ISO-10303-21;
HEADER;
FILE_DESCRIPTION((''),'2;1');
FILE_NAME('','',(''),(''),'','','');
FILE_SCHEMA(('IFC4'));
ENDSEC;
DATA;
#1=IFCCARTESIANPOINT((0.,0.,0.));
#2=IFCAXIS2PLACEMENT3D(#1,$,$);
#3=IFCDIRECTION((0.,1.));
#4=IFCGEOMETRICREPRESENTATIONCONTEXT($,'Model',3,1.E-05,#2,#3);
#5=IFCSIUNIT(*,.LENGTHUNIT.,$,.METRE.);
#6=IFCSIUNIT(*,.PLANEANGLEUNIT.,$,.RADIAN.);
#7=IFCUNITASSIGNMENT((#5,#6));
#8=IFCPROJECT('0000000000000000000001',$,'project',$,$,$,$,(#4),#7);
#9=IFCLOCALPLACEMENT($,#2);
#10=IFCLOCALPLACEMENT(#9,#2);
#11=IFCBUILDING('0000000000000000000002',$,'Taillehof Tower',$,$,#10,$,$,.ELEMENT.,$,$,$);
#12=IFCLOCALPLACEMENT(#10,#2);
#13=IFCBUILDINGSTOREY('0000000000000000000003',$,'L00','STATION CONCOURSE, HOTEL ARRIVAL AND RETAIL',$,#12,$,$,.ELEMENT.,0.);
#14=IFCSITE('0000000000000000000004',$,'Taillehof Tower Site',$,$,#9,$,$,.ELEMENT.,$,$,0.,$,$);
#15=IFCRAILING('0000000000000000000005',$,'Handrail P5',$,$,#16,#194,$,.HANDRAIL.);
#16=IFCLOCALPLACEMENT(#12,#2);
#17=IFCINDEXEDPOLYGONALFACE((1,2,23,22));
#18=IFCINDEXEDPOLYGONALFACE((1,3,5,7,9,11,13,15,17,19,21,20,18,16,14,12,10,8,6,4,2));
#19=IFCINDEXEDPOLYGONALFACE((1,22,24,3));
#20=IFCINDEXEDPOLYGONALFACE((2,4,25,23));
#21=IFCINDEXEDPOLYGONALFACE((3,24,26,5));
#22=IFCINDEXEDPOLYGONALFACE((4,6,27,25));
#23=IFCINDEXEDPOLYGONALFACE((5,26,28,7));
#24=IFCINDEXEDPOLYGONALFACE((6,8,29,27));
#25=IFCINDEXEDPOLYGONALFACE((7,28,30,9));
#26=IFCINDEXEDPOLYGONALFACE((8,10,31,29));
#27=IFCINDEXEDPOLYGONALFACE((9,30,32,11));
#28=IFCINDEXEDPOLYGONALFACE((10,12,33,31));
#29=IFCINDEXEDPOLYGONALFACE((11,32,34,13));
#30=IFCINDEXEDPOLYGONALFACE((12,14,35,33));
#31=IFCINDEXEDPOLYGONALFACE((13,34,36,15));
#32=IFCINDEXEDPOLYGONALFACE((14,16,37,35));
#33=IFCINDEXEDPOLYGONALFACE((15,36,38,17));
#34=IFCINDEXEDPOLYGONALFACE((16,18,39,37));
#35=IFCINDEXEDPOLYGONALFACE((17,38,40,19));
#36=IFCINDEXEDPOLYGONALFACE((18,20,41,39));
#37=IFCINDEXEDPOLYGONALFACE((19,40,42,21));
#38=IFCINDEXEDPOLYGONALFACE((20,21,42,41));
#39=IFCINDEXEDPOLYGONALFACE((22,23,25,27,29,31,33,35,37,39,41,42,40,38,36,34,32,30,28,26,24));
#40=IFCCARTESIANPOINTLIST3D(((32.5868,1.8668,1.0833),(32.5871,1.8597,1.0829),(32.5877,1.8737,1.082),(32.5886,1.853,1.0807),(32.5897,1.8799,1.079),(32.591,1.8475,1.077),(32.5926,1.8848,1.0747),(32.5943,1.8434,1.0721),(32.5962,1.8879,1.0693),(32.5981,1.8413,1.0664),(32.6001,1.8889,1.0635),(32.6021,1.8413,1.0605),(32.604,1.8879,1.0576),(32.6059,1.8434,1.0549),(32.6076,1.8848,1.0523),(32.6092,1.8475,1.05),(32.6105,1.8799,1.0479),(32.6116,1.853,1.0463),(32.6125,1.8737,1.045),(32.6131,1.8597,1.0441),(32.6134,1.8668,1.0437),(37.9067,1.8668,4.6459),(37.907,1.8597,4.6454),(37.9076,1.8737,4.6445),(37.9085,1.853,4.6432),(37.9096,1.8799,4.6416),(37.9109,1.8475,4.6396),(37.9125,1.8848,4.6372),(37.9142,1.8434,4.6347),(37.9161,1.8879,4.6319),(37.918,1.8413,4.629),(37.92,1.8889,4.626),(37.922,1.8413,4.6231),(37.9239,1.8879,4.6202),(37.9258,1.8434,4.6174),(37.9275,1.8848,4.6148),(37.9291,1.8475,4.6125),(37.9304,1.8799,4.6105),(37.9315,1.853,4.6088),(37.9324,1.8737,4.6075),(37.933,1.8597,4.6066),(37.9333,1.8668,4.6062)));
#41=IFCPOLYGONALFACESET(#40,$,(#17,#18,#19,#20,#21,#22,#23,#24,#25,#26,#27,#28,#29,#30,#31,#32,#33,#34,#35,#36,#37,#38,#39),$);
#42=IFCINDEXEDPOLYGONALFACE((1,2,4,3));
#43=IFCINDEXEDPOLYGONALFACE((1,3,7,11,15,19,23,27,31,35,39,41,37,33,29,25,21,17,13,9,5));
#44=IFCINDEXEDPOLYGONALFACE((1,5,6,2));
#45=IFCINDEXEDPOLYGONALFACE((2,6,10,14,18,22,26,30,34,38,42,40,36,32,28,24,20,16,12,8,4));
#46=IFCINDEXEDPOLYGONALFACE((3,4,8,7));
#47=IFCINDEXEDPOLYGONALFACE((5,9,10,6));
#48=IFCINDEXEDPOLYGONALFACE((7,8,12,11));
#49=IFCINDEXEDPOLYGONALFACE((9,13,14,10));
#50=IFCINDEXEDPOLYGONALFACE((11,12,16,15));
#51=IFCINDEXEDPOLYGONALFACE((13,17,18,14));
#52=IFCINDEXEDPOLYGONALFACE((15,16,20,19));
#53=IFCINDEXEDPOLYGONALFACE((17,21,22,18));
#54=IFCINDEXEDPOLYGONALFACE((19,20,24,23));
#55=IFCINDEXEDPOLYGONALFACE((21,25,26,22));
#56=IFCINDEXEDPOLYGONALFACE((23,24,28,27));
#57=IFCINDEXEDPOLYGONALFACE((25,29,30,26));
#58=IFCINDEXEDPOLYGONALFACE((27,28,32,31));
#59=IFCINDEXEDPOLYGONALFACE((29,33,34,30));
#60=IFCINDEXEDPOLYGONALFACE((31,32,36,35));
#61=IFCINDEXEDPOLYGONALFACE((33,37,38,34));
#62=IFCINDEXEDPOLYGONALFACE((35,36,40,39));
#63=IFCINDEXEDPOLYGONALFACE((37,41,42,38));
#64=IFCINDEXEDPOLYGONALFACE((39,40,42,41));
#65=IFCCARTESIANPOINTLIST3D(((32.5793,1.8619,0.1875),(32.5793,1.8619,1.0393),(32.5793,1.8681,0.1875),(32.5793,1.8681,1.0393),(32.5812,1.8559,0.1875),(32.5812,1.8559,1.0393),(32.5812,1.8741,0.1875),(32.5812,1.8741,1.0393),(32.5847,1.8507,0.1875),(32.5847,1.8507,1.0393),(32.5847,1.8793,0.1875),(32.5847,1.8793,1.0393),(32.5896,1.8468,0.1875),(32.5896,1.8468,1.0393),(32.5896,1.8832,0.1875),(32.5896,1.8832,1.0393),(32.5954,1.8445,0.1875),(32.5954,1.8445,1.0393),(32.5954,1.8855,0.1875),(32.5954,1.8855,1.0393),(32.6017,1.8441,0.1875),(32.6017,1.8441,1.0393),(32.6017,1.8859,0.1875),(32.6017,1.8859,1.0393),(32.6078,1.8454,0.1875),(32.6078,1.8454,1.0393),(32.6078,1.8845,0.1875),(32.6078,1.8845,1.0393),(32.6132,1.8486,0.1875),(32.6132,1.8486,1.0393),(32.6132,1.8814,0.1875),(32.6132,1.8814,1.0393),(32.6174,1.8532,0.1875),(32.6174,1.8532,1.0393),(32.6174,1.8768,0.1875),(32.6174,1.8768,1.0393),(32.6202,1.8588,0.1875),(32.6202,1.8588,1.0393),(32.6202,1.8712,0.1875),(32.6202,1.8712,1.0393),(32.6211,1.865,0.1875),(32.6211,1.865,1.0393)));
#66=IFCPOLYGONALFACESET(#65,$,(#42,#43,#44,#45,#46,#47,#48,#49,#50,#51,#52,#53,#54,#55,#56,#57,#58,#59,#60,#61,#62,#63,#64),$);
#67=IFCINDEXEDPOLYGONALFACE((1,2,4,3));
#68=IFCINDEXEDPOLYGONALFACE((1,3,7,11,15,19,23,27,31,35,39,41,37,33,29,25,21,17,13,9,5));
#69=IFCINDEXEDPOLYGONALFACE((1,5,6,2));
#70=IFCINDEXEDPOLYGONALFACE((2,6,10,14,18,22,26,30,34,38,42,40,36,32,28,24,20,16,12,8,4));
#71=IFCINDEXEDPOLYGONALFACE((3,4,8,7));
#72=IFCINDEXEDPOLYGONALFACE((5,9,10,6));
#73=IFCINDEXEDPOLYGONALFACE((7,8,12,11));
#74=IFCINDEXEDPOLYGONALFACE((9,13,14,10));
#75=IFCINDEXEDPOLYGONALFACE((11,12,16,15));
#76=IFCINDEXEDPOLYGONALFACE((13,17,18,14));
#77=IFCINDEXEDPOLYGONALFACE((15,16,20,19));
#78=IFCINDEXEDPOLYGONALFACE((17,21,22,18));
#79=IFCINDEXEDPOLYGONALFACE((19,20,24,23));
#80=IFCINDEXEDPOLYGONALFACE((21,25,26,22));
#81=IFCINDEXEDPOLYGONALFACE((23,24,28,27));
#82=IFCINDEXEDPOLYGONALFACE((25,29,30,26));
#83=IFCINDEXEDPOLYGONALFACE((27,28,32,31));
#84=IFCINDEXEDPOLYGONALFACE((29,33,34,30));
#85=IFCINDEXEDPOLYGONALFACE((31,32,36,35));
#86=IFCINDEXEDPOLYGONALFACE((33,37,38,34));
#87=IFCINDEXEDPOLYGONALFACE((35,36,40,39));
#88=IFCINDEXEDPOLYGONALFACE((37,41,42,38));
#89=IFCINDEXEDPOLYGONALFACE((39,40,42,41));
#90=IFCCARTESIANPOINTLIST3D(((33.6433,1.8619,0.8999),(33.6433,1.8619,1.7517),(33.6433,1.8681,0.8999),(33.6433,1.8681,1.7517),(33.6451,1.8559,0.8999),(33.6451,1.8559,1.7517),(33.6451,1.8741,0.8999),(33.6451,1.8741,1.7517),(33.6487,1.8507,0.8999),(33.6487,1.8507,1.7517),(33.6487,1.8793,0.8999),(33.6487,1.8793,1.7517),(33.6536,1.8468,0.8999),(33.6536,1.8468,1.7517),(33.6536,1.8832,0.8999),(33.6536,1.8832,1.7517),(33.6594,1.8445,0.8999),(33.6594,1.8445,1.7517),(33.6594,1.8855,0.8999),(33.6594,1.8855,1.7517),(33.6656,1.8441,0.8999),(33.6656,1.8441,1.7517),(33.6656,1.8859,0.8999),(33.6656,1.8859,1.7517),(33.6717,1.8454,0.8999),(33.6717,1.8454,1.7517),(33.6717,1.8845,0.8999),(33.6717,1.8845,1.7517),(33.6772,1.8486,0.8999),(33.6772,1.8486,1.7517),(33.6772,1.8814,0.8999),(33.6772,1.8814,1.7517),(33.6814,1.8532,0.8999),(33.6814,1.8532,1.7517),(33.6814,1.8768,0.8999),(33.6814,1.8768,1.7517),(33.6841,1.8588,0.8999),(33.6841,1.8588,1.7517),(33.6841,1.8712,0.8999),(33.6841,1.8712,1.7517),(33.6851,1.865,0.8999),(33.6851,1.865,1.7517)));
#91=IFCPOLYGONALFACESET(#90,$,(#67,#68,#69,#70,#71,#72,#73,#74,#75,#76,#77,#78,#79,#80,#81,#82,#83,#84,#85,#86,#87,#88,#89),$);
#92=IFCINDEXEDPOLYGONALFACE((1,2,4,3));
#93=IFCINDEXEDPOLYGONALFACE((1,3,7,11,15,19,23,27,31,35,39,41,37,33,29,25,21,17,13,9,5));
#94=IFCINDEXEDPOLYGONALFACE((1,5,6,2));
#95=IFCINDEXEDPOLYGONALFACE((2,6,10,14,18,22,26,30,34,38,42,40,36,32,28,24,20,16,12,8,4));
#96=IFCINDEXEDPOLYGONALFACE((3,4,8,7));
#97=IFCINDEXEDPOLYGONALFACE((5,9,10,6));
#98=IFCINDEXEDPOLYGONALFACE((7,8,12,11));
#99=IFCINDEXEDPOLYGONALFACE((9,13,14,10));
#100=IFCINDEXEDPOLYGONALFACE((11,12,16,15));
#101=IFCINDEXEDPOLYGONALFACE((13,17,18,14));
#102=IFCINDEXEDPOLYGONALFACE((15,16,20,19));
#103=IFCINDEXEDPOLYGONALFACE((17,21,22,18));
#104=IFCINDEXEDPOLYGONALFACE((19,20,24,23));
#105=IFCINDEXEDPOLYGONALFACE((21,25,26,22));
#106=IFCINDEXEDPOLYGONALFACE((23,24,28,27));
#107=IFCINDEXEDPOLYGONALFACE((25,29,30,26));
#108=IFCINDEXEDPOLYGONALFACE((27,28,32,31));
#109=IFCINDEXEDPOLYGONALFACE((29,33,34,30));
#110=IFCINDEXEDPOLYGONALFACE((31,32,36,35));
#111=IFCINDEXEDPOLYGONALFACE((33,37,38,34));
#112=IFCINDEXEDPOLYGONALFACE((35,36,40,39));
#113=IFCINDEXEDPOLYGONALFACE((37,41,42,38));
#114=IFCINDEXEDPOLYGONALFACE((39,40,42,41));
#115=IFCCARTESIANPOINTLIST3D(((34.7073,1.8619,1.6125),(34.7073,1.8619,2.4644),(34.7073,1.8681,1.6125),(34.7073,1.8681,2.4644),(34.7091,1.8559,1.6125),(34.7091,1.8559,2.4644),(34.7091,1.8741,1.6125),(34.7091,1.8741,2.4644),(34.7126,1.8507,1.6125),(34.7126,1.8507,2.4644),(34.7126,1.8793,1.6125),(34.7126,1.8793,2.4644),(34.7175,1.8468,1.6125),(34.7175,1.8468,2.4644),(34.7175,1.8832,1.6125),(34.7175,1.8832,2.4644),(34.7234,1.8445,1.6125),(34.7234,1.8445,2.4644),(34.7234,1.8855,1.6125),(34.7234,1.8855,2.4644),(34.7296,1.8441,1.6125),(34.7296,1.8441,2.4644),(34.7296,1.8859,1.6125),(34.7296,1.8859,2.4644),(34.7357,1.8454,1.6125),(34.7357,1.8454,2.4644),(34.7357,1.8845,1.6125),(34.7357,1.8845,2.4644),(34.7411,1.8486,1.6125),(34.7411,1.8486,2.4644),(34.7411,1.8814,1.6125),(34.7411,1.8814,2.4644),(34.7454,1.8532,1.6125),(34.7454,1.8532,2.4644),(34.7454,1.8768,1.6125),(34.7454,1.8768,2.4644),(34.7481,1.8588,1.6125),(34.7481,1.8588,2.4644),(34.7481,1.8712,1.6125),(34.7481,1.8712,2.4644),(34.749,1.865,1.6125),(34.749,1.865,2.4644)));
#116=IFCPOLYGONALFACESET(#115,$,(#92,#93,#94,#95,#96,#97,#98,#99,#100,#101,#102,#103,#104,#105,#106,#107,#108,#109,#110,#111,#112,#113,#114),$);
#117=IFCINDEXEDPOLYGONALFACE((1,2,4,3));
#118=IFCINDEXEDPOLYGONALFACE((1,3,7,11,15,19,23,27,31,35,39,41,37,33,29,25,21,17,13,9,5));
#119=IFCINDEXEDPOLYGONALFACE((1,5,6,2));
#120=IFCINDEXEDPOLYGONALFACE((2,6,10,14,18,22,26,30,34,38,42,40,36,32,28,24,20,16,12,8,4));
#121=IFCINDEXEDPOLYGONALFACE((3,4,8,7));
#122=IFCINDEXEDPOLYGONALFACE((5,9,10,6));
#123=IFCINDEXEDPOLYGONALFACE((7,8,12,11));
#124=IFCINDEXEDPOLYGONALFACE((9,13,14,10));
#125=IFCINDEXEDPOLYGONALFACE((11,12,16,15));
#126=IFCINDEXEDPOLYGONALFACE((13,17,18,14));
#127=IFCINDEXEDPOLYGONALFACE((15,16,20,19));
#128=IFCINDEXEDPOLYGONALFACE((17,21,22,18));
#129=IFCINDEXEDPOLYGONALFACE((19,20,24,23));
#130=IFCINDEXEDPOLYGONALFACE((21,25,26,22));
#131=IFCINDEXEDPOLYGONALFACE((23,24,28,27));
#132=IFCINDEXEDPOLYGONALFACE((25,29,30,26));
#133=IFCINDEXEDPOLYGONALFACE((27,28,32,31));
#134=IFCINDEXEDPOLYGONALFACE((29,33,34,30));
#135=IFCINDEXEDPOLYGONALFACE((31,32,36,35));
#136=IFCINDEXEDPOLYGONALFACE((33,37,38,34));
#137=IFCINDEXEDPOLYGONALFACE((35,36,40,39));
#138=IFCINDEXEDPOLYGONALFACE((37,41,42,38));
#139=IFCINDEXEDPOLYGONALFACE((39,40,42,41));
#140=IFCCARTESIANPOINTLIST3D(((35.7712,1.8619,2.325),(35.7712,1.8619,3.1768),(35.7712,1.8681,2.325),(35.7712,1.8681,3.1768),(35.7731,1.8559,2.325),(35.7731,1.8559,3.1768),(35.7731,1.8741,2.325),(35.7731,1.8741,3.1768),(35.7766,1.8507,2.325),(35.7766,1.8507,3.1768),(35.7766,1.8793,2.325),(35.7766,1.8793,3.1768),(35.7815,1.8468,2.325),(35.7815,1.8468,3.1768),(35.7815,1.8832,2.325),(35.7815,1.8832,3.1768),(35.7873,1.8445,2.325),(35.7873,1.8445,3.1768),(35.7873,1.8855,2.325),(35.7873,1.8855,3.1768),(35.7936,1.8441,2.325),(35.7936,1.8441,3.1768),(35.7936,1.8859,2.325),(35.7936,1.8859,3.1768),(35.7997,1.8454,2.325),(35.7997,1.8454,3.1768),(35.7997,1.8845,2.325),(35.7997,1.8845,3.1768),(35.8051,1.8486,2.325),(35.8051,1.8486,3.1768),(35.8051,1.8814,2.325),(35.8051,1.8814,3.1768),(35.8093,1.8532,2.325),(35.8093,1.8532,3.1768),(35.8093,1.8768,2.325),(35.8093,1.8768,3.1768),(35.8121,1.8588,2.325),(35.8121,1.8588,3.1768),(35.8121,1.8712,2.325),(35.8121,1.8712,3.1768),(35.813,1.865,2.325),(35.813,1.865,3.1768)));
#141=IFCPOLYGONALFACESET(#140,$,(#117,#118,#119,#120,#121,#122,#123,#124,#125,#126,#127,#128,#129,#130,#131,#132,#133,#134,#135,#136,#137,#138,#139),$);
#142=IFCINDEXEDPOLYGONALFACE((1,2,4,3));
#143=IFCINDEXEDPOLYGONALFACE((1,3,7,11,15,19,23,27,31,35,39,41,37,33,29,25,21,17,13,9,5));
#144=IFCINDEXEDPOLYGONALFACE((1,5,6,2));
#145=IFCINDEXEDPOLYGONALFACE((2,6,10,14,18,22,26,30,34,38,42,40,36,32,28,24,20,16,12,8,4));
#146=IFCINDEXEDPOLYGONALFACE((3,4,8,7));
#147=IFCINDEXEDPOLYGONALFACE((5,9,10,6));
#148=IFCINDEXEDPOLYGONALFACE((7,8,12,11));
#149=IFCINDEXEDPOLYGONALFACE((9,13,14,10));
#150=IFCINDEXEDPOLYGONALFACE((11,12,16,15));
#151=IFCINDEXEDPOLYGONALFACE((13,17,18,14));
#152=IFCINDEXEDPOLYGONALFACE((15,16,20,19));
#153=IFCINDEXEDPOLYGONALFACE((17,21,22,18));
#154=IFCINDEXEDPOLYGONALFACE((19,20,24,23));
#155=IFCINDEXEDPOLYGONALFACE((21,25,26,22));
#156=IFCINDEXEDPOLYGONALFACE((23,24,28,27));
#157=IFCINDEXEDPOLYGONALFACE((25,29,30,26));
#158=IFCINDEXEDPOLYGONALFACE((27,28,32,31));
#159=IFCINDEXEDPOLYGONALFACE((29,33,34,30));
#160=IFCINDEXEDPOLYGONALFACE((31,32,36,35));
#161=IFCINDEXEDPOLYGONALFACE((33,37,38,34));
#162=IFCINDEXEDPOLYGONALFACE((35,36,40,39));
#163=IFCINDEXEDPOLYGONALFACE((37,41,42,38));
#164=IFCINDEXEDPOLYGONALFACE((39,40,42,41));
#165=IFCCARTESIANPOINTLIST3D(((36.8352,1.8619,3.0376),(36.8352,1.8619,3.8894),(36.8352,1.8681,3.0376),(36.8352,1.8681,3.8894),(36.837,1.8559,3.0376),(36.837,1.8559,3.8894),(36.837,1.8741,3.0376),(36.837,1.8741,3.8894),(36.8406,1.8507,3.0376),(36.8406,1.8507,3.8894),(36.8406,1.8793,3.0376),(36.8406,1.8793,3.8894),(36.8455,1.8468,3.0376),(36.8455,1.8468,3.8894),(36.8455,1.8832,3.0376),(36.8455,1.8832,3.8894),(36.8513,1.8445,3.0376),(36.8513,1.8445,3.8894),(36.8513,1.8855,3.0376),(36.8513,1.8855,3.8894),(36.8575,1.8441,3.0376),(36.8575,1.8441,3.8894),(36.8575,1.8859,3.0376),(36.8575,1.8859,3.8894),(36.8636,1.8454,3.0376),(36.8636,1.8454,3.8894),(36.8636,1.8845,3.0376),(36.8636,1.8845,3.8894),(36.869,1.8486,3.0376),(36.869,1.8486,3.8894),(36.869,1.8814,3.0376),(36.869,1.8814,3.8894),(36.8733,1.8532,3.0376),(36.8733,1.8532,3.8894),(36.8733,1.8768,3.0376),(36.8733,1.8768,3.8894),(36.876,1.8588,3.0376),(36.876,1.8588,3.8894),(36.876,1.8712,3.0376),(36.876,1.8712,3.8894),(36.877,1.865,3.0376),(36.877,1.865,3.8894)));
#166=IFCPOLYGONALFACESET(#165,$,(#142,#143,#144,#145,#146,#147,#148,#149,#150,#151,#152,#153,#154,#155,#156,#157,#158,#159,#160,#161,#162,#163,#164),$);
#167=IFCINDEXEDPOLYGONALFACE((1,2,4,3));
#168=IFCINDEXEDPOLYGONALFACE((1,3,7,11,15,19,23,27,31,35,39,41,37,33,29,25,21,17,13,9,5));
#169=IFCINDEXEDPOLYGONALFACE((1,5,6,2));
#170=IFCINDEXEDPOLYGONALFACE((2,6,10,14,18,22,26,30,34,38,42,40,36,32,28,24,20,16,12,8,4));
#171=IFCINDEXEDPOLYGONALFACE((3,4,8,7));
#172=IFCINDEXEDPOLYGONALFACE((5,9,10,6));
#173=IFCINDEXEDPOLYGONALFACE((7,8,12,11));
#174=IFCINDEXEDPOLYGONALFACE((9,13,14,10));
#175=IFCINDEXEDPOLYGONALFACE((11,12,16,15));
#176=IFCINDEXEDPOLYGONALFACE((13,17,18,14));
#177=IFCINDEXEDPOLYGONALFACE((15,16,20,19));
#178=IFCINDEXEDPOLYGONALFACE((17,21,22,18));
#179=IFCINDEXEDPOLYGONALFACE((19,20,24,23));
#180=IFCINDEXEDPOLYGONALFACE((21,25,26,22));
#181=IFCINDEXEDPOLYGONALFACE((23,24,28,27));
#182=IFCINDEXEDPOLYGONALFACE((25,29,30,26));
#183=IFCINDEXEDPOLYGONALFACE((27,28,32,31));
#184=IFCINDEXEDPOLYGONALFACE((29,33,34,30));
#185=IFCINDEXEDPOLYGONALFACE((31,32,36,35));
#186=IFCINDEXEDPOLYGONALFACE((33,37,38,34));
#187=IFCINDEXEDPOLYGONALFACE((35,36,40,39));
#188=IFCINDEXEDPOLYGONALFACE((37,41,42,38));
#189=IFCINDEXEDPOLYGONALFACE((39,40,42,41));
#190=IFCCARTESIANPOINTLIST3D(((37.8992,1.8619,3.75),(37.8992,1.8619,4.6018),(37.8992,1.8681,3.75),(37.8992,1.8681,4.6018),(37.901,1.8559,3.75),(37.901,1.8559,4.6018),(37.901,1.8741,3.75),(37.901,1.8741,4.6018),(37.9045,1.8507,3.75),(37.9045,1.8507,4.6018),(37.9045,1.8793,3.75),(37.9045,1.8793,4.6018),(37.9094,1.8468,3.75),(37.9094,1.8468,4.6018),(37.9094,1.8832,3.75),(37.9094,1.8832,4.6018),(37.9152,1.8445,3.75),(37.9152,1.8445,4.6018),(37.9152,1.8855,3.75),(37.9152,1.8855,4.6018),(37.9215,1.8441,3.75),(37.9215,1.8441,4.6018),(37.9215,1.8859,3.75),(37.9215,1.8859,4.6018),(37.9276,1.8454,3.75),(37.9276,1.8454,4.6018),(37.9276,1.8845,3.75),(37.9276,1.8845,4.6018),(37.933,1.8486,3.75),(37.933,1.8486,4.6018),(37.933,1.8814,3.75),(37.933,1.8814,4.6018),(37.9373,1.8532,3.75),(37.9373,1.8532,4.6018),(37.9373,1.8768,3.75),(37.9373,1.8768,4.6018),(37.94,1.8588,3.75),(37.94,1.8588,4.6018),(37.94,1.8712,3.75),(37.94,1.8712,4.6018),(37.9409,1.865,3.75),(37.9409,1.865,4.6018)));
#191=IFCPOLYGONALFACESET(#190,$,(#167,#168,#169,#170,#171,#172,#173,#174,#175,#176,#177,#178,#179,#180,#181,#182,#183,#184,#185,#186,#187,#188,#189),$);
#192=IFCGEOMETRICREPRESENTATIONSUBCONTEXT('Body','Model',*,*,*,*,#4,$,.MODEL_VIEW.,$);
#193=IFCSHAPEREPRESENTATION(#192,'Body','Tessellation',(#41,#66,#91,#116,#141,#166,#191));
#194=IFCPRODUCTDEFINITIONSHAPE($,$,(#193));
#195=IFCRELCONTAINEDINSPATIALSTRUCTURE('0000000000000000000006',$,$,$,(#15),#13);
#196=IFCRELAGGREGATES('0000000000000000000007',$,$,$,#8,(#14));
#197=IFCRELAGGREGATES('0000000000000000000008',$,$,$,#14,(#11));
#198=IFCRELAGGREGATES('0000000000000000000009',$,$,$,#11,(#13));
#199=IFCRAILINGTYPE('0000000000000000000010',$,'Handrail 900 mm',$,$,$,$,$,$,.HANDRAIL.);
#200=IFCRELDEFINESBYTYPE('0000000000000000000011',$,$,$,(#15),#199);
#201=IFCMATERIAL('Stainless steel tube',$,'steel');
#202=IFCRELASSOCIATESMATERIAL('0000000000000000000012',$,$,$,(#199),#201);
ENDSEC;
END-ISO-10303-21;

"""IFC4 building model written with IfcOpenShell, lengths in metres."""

from ifc_helpers import new_model, si_unit, direction, frame, origin, origin_2d, place, context, subcontext, project, spatial, circle, extrude, material, type_object, element, save


model = new_model("IFC4")

# Units and contexts
model_context = context("Model", 3, precision=1e-05, world=origin(), true_north=direction((0.0, 1.0)))
body_context = subcontext(model_context, "Body", "Model", "MODEL_VIEW")
ifc_project = project(units=[si_unit("LENGTHUNIT", "METRE"), si_unit("PLANEANGLEUNIT", "RADIAN")], contexts=[model_context])

# Site, building, storey
site_placement = place(None, origin())
site = spatial("IfcSite", under=ifc_project, at=site_placement, Name="Taillehof Tower Site", CompositionType="ELEMENT", RefElevation=0.0)
building_placement = place(site_placement, origin())
building = spatial("IfcBuilding", under=site, at=building_placement, Name="Taillehof Tower", CompositionType="ELEMENT")
storey_placement = place(building_placement, origin())
storey = spatial("IfcBuildingStorey", under=building, at=storey_placement, Name="L00", Description="STATION CONCOURSE, HOTEL ARRIVAL AND RETAIL", CompositionType="ELEMENT", Elevation=0.0)

# Railing
ifc_material_1 = material(Name="Stainless steel tube", Category="steel")
railing_type = type_object("IfcRailingType", Name="Handrail 900 mm", PredefinedType="HANDRAIL", material=ifc_material_1)
for number, where, name in (
    (1, (32.6001, 1.865, 0.1875), "Handrail P5"),
):
    element("IfcRailing", number, at=place(storey_placement, frame(where)), inside=storey, type_object=railing_type, Name=name, PredefinedType="HANDRAIL", context=body_context, shape_type="SweptSolid", body=[
        extrude(circle(Radius=0.0239, at=origin_2d()), frame((0.0, 0.0, 0.876), z_axis=(0.830899, 0.0, 0.556424), x_axis=(0.0, 1.0, 0.0)), (0.0, 0.0, 1.0), 6.4026),
        extrude(circle(Radius=0.021, at=origin_2d()), origin(), (0.0, 0.0, 1.0), 0.8518),
        extrude(circle(Radius=0.021, at=origin_2d()), frame((1.064, 0.0, 0.7124)), (0.0, 0.0, 1.0), 0.8518),
        extrude(circle(Radius=0.021, at=origin_2d()), frame((2.1279, 0.0, 1.425)), (0.0, 0.0, 1.0), 0.8518),
        extrude(circle(Radius=0.021, at=origin_2d()), frame((3.1919, 0.0, 2.1375)), (0.0, 0.0, 1.0), 0.8518),
        extrude(circle(Radius=0.021, at=origin_2d()), frame((4.2559, 0.0, 2.8501)), (0.0, 0.0, 1.0), 0.8518),
        extrude(circle(Radius=0.021, at=origin_2d()), frame((5.3198, 0.0, 3.5625)), (0.0, 0.0, 1.0), 0.8518),
    ])

save(model, "model.ifc")
